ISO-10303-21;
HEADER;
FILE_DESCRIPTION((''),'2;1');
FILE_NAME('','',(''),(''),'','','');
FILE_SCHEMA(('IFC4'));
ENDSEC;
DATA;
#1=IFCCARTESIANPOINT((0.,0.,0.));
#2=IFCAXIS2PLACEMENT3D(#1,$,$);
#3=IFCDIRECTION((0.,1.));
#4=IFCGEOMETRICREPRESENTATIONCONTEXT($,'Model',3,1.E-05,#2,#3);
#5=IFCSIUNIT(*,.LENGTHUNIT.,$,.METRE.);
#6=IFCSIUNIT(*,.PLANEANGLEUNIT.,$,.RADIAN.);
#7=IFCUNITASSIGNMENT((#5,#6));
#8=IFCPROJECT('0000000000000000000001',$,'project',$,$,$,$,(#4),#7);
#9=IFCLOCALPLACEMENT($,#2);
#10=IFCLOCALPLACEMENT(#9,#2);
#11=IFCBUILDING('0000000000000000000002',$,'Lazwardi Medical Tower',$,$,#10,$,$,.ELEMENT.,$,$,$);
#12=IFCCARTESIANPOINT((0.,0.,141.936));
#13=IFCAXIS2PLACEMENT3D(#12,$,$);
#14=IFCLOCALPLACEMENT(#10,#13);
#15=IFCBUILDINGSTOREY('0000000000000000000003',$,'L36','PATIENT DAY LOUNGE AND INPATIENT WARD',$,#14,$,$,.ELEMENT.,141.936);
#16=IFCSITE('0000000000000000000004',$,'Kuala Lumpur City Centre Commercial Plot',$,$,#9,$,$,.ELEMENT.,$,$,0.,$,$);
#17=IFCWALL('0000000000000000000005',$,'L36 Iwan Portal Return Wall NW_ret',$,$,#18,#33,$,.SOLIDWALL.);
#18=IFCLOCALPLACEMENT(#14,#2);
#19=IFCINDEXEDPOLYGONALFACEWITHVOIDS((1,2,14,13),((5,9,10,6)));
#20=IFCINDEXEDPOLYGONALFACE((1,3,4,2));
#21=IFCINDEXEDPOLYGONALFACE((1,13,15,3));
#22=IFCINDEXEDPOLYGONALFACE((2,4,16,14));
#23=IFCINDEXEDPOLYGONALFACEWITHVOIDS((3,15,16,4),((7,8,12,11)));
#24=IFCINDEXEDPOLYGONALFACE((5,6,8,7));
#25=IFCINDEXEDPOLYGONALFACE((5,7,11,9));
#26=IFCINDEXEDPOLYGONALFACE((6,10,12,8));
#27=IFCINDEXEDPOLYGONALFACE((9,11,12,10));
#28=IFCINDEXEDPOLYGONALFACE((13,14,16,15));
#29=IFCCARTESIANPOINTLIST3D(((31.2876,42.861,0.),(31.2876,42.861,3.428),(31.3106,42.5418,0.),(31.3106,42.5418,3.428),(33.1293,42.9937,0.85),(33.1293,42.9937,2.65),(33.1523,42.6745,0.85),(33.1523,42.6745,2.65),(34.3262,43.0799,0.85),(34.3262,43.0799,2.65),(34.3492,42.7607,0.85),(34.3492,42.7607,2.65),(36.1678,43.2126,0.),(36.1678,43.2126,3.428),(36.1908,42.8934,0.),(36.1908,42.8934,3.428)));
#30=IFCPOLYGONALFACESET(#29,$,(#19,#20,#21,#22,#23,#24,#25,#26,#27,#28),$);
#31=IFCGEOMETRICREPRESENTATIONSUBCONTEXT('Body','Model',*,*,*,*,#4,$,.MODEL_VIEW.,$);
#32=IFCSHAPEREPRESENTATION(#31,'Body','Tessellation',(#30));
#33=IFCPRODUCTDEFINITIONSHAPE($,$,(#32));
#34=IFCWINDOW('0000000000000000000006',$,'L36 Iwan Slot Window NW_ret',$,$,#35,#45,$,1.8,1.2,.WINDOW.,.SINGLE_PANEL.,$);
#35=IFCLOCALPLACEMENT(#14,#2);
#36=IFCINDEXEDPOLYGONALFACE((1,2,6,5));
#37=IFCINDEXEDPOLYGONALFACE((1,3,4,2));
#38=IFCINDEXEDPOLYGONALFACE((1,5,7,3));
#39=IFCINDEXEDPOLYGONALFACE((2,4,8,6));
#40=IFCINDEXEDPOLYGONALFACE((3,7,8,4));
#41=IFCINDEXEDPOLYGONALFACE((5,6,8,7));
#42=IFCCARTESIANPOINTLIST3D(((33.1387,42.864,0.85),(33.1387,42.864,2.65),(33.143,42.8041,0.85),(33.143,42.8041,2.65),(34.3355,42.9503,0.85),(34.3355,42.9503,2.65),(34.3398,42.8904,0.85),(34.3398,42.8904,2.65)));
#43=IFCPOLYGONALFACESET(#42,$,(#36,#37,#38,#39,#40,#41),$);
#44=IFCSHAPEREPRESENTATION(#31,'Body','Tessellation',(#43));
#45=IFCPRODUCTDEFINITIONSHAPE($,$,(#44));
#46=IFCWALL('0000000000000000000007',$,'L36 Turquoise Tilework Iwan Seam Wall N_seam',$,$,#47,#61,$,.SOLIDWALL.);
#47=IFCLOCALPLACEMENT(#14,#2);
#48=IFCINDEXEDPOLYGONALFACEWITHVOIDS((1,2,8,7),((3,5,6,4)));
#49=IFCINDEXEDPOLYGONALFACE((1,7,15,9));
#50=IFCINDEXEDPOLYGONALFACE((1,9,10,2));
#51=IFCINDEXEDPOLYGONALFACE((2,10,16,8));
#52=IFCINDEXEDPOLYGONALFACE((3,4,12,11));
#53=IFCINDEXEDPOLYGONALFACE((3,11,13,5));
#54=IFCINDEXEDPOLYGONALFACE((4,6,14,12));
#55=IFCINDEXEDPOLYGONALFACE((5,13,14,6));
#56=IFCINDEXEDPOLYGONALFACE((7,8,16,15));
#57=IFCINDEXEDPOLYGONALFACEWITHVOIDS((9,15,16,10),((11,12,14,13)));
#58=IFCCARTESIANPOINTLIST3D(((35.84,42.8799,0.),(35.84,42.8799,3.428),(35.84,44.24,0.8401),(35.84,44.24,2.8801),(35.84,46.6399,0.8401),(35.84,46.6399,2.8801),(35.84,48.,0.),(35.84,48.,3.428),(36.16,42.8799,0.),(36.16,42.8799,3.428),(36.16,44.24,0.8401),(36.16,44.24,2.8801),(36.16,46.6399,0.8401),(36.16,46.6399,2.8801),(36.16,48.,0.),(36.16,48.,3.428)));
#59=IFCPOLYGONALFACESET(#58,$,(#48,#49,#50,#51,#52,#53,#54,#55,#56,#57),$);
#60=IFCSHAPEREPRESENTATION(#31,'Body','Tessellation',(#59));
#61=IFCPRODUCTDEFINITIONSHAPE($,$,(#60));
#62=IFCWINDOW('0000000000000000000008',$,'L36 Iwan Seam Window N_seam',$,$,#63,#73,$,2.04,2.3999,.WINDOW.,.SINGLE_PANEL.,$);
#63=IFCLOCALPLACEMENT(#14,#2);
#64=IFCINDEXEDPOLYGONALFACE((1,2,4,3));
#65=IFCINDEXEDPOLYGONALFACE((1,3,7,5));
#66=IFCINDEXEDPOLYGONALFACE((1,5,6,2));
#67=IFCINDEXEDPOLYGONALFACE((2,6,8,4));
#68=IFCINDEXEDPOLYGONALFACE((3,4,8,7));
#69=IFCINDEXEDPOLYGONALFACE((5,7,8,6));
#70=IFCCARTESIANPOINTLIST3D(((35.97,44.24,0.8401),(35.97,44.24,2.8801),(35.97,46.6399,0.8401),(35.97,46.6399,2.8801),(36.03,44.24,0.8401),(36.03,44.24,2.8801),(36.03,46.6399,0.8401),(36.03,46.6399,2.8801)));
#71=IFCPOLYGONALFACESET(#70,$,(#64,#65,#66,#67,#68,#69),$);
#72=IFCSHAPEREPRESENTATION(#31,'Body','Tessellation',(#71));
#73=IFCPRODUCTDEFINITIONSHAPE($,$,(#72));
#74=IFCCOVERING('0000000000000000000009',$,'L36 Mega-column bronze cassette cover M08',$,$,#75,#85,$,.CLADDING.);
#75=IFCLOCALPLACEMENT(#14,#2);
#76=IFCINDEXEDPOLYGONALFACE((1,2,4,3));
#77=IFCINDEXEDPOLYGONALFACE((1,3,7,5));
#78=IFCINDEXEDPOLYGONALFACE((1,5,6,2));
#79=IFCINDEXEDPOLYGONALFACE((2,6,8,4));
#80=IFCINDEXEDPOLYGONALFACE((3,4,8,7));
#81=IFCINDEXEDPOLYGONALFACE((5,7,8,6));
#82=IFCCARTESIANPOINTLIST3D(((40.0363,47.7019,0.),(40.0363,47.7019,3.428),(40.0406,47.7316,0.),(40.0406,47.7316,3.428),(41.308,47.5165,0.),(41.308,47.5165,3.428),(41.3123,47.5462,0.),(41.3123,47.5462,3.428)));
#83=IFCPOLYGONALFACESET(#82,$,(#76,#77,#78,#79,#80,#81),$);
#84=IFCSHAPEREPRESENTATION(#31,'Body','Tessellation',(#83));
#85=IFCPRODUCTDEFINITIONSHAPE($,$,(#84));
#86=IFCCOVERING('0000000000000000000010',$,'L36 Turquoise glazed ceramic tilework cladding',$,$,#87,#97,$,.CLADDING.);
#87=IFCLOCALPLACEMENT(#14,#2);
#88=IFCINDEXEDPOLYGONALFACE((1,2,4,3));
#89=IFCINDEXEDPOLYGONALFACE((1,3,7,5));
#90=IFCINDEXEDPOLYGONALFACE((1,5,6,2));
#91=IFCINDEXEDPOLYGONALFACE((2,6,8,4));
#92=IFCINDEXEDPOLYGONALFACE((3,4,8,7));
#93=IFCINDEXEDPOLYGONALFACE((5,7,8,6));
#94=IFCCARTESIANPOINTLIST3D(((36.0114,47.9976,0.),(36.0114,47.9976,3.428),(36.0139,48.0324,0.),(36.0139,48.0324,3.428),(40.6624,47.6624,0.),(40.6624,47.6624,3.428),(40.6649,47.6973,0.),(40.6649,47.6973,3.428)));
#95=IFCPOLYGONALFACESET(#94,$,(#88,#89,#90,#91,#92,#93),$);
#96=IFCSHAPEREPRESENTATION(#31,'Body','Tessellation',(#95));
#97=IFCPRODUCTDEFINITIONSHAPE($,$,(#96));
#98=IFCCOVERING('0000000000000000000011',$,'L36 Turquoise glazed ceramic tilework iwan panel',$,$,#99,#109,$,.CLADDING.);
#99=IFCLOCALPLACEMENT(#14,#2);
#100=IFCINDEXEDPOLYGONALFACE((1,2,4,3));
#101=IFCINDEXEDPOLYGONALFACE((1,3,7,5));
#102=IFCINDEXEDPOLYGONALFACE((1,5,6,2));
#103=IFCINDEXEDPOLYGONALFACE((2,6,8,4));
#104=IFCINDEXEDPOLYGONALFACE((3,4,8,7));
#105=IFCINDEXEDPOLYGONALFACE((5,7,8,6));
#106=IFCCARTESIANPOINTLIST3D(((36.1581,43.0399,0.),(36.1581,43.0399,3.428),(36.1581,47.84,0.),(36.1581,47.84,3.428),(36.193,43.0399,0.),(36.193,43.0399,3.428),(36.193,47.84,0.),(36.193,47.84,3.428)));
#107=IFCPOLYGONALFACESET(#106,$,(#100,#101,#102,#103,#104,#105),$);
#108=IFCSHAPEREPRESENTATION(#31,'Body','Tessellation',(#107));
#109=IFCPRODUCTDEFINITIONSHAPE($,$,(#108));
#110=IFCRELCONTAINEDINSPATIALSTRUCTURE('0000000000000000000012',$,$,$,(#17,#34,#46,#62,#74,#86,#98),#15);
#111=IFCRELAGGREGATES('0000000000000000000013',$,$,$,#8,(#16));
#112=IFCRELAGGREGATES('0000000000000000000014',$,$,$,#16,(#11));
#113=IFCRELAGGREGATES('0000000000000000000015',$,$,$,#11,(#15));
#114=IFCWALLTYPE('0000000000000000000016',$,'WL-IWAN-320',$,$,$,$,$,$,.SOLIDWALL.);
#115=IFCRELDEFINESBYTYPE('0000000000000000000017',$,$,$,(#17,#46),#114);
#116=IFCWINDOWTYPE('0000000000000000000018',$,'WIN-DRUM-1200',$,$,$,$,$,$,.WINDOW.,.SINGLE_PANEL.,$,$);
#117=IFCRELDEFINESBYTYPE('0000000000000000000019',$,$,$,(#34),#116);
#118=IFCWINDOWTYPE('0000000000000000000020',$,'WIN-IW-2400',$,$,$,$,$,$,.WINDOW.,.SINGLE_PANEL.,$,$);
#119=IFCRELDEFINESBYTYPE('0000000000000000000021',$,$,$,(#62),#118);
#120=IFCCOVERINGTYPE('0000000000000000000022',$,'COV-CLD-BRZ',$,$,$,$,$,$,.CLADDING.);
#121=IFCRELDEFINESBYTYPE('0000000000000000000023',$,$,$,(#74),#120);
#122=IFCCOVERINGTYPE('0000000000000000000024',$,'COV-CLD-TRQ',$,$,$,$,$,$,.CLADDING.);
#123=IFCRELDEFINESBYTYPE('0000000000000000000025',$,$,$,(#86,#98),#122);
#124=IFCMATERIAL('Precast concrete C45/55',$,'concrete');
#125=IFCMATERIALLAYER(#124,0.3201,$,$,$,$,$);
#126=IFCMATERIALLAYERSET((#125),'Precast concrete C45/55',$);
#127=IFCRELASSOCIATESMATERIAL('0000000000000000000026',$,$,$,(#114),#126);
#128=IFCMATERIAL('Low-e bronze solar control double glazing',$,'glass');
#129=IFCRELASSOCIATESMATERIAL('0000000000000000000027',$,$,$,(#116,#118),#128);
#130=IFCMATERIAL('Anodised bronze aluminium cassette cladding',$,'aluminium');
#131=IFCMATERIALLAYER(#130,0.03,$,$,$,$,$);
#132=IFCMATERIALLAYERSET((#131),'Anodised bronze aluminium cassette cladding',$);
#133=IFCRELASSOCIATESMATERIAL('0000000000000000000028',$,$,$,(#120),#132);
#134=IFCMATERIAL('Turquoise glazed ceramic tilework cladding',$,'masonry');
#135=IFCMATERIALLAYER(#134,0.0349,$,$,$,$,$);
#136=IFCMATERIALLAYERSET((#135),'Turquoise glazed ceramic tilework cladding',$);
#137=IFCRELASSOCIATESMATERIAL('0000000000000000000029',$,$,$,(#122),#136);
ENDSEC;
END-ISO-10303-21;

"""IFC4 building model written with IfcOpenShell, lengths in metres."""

from ifc_helpers import new_model, si_unit, direction, frame, frame_2d, origin, origin_2d, place, context, subcontext, project, spatial, rectangle, extrude, material, layer, layer_set, type_object, element, fill, save


model = new_model("IFC4")

# Units and contexts
model_context = context("Model", 3, precision=1e-05, world=origin(), true_north=direction((0.0, 1.0)))
body_context = subcontext(model_context, "Body", "Model", "MODEL_VIEW")
ifc_project = project(units=[si_unit("LENGTHUNIT", "METRE"), si_unit("PLANEANGLEUNIT", "RADIAN")], contexts=[model_context])

# Site, building, storey
site_placement = place(None, origin())
site = spatial("IfcSite", under=ifc_project, at=site_placement, Name="Kuala Lumpur City Centre Commercial Plot", CompositionType="ELEMENT", RefElevation=0.0)
building_placement = place(site_placement, origin())
building = spatial("IfcBuilding", under=site, at=building_placement, Name="Lazwardi Medical Tower", CompositionType="ELEMENT")
storey_placement = place(building_placement, frame((0.0, 0.0, 141.936)))
storey = spatial("IfcBuildingStorey", under=building, at=storey_placement, Name="L36", Description="PATIENT DAY LOUNGE AND INPATIENT WARD", CompositionType="ELEMENT", Elevation=141.936)

# Shared definitions
ifc_material_1 = material(Name="Low-e bronze solar control double glazing", Category="glass")

# Walls, openings, windows
ifc_material_2 = material(Name="Precast concrete C45/55", Category="concrete")
ifc_layer_1 = layer(ifc_material_2, 0.3201)
ifc_layer_set_1 = layer_set([ifc_layer_1], Name="Precast concrete C45/55")
wall_type_1 = type_object("IfcWallType", Name="WL-IWAN-320", PredefinedType="SOLIDWALL", material=ifc_layer_set_1)
wall_1_placement = place(storey_placement, frame((36.1792, 43.053, 0.0), z_axis=(0.0, 0.0, 1.0), x_axis=(-0.997415, -0.071853, 0.0)))
wall_1 = element("IfcWall", 1, at=wall_1_placement, inside=storey, type_object=wall_type_1, Name="L36 Iwan Portal Return Wall NW_ret", PredefinedType="SOLIDWALL", context=body_context, shape_type="SweptSolid", body=[
    extrude(rectangle(XDim=4.8928, YDim=0.3201, at=frame_2d((2.4463, 0.0))), origin(), (0.0, 0.0, 1.0), 3.428),
])
opening_1_placement = place(wall_1_placement, frame((1.8462, 0.0, 0.8501)))
opening_1 = element("IfcOpeningElement", 2, at=opening_1_placement, cuts=wall_1, PredefinedType="OPENING", context=body_context, shape_type="SweptSolid", body=[
    extrude(rectangle(XDim=1.2, YDim=1.8, at=frame_2d((0.6001, 0.8999))), frame((0.0, 0.1699, 0.0), z_axis=(0.0, -1.0, 0.0), x_axis=(1.0, 0.0, 0.0)), (0.0, 0.0, 1.0), 0.3401),
])
window_type_1 = type_object("IfcWindowType", Name="WIN-DRUM-1200", PartitioningType="SINGLE_PANEL", PredefinedType="WINDOW", material=ifc_material_1)
window_1_placement = place(opening_1_placement, origin())
window_1 = element("IfcWindow", 3, at=window_1_placement, inside=storey, type_object=window_type_1, Name="L36 Iwan Slot Window NW_ret", OverallHeight=1.8, OverallWidth=1.2, PartitioningType="SINGLE_PANEL", PredefinedType="WINDOW", context=body_context, shape_type="SweptSolid", body=[
    extrude(rectangle(XDim=1.2, YDim=1.8, at=frame_2d((0.6001, 0.8999))), frame((0.0, 0.03, 0.0), z_axis=(0.0, -1.0, 0.0), x_axis=(1.0, 0.0, 0.0)), (0.0, 0.0, 1.0), 0.0601),
])
fill(opening_1, window_1)
wall_2_placement = place(storey_placement, frame((36.0, 48.0, 0.0), z_axis=(0.0, 0.0, 1.0), x_axis=(0.0, -1.0, 0.0)))
wall_2 = element("IfcWall", 4, at=wall_2_placement, inside=storey, type_object=wall_type_1, Name="L36 Turquoise Tilework Iwan Seam Wall N_seam", PredefinedType="SOLIDWALL", context=body_context, shape_type="SweptSolid", body=[
    extrude(rectangle(XDim=5.1201, YDim=0.3201, at=frame_2d((2.5601, 0.0))), origin(), (0.0, 0.0, 1.0), 3.428),
])
opening_2_placement = place(wall_2_placement, frame((1.3601, 0.0, 0.8401)))
opening_2 = element("IfcOpeningElement", 5, at=opening_2_placement, cuts=wall_2, PredefinedType="OPENING", context=body_context, shape_type="SweptSolid", body=[
    extrude(rectangle(XDim=2.3999, YDim=2.04, at=frame_2d((1.2, 1.02))), frame((0.0, 0.1699, 0.0), z_axis=(0.0, -1.0, 0.0), x_axis=(1.0, 0.0, 0.0)), (0.0, 0.0, 1.0), 0.3401),
])
window_type_2 = type_object("IfcWindowType", Name="WIN-IW-2400", PartitioningType="SINGLE_PANEL", PredefinedType="WINDOW", material=ifc_material_1)
window_2_placement = place(opening_2_placement, origin())
window_2 = element("IfcWindow", 6, at=window_2_placement, inside=storey, type_object=window_type_2, Name="L36 Iwan Seam Window N_seam", OverallHeight=2.04, OverallWidth=2.3999, PartitioningType="SINGLE_PANEL", PredefinedType="WINDOW", context=body_context, shape_type="SweptSolid", body=[
    extrude(rectangle(XDim=2.3999, YDim=2.04, at=frame_2d((1.2, 1.02))), frame((0.0, 0.03, 0.0), z_axis=(0.0, -1.0, 0.0), x_axis=(1.0, 0.0, 0.0)), (0.0, 0.0, 1.0), 0.0601),
])
fill(opening_2, window_2)

# Coverings
ifc_material_3 = material(Name="Anodised bronze aluminium cassette cladding", Category="aluminium")
ifc_layer_2 = layer(ifc_material_3, 0.03)
ifc_layer_set_2 = layer_set([ifc_layer_2], Name="Anodised bronze aluminium cassette cladding")
covering_type_1 = type_object("IfcCoveringType", Name="COV-CLD-BRZ", PredefinedType="CLADDING", material=ifc_layer_set_2)
covering_1_placement = place(storey_placement, frame((40.6743, 47.624, 0.0), z_axis=(0.0, 0.0, 1.0), x_axis=(-0.989539, 0.144265, 0.0)))
element("IfcCovering", 7, at=covering_1_placement, inside=storey, type_object=covering_type_1, Name="L36 Mega-column bronze cassette cover M08", PredefinedType="CLADDING", context=body_context, shape_type="SweptSolid", body=[
    extrude(rectangle(XDim=1.2852, YDim=0.03, at=origin_2d()), origin(), (0.0, 0.0, 1.0), 3.428),
])
ifc_material_4 = material(Name="Turquoise glazed ceramic tilework cladding", Category="masonry")
ifc_layer_3 = layer(ifc_material_4, 0.0349)
ifc_layer_set_3 = layer_set([ifc_layer_3], Name="Turquoise glazed ceramic tilework cladding")
covering_type_2 = type_object("IfcCoveringType", Name="COV-CLD-TRQ", PredefinedType="CLADDING", material=ifc_layer_set_3)
covering_2_placement = place(storey_placement, frame((38.3381, 47.8474, 0.0), z_axis=(0.0, 0.0, 1.0), x_axis=(-0.997415, 0.071863, 0.0)))
element("IfcCovering", 8, at=covering_2_placement, inside=storey, type_object=covering_type_2, Name="L36 Turquoise glazed ceramic tilework cladding", PredefinedType="CLADDING", context=body_context, shape_type="SweptSolid", body=[
    extrude(rectangle(XDim=4.6631, YDim=0.0349, at=origin_2d()), origin(), (0.0, 0.0, 1.0), 3.428),
])
covering_3_placement = place(storey_placement, frame((36.1755, 45.4399, 0.0), z_axis=(0.0, 0.0, 1.0), x_axis=(0.0, -1.0, 0.0)))
element("IfcCovering", 9, at=covering_3_placement, inside=storey, type_object=covering_type_2, Name="L36 Turquoise glazed ceramic tilework iwan panel", PredefinedType="CLADDING", context=body_context, shape_type="SweptSolid", body=[
    extrude(rectangle(XDim=4.8, YDim=0.0349, at=origin_2d()), origin(), (0.0, 0.0, 1.0), 3.428),
])

save(model, "model.ifc")
